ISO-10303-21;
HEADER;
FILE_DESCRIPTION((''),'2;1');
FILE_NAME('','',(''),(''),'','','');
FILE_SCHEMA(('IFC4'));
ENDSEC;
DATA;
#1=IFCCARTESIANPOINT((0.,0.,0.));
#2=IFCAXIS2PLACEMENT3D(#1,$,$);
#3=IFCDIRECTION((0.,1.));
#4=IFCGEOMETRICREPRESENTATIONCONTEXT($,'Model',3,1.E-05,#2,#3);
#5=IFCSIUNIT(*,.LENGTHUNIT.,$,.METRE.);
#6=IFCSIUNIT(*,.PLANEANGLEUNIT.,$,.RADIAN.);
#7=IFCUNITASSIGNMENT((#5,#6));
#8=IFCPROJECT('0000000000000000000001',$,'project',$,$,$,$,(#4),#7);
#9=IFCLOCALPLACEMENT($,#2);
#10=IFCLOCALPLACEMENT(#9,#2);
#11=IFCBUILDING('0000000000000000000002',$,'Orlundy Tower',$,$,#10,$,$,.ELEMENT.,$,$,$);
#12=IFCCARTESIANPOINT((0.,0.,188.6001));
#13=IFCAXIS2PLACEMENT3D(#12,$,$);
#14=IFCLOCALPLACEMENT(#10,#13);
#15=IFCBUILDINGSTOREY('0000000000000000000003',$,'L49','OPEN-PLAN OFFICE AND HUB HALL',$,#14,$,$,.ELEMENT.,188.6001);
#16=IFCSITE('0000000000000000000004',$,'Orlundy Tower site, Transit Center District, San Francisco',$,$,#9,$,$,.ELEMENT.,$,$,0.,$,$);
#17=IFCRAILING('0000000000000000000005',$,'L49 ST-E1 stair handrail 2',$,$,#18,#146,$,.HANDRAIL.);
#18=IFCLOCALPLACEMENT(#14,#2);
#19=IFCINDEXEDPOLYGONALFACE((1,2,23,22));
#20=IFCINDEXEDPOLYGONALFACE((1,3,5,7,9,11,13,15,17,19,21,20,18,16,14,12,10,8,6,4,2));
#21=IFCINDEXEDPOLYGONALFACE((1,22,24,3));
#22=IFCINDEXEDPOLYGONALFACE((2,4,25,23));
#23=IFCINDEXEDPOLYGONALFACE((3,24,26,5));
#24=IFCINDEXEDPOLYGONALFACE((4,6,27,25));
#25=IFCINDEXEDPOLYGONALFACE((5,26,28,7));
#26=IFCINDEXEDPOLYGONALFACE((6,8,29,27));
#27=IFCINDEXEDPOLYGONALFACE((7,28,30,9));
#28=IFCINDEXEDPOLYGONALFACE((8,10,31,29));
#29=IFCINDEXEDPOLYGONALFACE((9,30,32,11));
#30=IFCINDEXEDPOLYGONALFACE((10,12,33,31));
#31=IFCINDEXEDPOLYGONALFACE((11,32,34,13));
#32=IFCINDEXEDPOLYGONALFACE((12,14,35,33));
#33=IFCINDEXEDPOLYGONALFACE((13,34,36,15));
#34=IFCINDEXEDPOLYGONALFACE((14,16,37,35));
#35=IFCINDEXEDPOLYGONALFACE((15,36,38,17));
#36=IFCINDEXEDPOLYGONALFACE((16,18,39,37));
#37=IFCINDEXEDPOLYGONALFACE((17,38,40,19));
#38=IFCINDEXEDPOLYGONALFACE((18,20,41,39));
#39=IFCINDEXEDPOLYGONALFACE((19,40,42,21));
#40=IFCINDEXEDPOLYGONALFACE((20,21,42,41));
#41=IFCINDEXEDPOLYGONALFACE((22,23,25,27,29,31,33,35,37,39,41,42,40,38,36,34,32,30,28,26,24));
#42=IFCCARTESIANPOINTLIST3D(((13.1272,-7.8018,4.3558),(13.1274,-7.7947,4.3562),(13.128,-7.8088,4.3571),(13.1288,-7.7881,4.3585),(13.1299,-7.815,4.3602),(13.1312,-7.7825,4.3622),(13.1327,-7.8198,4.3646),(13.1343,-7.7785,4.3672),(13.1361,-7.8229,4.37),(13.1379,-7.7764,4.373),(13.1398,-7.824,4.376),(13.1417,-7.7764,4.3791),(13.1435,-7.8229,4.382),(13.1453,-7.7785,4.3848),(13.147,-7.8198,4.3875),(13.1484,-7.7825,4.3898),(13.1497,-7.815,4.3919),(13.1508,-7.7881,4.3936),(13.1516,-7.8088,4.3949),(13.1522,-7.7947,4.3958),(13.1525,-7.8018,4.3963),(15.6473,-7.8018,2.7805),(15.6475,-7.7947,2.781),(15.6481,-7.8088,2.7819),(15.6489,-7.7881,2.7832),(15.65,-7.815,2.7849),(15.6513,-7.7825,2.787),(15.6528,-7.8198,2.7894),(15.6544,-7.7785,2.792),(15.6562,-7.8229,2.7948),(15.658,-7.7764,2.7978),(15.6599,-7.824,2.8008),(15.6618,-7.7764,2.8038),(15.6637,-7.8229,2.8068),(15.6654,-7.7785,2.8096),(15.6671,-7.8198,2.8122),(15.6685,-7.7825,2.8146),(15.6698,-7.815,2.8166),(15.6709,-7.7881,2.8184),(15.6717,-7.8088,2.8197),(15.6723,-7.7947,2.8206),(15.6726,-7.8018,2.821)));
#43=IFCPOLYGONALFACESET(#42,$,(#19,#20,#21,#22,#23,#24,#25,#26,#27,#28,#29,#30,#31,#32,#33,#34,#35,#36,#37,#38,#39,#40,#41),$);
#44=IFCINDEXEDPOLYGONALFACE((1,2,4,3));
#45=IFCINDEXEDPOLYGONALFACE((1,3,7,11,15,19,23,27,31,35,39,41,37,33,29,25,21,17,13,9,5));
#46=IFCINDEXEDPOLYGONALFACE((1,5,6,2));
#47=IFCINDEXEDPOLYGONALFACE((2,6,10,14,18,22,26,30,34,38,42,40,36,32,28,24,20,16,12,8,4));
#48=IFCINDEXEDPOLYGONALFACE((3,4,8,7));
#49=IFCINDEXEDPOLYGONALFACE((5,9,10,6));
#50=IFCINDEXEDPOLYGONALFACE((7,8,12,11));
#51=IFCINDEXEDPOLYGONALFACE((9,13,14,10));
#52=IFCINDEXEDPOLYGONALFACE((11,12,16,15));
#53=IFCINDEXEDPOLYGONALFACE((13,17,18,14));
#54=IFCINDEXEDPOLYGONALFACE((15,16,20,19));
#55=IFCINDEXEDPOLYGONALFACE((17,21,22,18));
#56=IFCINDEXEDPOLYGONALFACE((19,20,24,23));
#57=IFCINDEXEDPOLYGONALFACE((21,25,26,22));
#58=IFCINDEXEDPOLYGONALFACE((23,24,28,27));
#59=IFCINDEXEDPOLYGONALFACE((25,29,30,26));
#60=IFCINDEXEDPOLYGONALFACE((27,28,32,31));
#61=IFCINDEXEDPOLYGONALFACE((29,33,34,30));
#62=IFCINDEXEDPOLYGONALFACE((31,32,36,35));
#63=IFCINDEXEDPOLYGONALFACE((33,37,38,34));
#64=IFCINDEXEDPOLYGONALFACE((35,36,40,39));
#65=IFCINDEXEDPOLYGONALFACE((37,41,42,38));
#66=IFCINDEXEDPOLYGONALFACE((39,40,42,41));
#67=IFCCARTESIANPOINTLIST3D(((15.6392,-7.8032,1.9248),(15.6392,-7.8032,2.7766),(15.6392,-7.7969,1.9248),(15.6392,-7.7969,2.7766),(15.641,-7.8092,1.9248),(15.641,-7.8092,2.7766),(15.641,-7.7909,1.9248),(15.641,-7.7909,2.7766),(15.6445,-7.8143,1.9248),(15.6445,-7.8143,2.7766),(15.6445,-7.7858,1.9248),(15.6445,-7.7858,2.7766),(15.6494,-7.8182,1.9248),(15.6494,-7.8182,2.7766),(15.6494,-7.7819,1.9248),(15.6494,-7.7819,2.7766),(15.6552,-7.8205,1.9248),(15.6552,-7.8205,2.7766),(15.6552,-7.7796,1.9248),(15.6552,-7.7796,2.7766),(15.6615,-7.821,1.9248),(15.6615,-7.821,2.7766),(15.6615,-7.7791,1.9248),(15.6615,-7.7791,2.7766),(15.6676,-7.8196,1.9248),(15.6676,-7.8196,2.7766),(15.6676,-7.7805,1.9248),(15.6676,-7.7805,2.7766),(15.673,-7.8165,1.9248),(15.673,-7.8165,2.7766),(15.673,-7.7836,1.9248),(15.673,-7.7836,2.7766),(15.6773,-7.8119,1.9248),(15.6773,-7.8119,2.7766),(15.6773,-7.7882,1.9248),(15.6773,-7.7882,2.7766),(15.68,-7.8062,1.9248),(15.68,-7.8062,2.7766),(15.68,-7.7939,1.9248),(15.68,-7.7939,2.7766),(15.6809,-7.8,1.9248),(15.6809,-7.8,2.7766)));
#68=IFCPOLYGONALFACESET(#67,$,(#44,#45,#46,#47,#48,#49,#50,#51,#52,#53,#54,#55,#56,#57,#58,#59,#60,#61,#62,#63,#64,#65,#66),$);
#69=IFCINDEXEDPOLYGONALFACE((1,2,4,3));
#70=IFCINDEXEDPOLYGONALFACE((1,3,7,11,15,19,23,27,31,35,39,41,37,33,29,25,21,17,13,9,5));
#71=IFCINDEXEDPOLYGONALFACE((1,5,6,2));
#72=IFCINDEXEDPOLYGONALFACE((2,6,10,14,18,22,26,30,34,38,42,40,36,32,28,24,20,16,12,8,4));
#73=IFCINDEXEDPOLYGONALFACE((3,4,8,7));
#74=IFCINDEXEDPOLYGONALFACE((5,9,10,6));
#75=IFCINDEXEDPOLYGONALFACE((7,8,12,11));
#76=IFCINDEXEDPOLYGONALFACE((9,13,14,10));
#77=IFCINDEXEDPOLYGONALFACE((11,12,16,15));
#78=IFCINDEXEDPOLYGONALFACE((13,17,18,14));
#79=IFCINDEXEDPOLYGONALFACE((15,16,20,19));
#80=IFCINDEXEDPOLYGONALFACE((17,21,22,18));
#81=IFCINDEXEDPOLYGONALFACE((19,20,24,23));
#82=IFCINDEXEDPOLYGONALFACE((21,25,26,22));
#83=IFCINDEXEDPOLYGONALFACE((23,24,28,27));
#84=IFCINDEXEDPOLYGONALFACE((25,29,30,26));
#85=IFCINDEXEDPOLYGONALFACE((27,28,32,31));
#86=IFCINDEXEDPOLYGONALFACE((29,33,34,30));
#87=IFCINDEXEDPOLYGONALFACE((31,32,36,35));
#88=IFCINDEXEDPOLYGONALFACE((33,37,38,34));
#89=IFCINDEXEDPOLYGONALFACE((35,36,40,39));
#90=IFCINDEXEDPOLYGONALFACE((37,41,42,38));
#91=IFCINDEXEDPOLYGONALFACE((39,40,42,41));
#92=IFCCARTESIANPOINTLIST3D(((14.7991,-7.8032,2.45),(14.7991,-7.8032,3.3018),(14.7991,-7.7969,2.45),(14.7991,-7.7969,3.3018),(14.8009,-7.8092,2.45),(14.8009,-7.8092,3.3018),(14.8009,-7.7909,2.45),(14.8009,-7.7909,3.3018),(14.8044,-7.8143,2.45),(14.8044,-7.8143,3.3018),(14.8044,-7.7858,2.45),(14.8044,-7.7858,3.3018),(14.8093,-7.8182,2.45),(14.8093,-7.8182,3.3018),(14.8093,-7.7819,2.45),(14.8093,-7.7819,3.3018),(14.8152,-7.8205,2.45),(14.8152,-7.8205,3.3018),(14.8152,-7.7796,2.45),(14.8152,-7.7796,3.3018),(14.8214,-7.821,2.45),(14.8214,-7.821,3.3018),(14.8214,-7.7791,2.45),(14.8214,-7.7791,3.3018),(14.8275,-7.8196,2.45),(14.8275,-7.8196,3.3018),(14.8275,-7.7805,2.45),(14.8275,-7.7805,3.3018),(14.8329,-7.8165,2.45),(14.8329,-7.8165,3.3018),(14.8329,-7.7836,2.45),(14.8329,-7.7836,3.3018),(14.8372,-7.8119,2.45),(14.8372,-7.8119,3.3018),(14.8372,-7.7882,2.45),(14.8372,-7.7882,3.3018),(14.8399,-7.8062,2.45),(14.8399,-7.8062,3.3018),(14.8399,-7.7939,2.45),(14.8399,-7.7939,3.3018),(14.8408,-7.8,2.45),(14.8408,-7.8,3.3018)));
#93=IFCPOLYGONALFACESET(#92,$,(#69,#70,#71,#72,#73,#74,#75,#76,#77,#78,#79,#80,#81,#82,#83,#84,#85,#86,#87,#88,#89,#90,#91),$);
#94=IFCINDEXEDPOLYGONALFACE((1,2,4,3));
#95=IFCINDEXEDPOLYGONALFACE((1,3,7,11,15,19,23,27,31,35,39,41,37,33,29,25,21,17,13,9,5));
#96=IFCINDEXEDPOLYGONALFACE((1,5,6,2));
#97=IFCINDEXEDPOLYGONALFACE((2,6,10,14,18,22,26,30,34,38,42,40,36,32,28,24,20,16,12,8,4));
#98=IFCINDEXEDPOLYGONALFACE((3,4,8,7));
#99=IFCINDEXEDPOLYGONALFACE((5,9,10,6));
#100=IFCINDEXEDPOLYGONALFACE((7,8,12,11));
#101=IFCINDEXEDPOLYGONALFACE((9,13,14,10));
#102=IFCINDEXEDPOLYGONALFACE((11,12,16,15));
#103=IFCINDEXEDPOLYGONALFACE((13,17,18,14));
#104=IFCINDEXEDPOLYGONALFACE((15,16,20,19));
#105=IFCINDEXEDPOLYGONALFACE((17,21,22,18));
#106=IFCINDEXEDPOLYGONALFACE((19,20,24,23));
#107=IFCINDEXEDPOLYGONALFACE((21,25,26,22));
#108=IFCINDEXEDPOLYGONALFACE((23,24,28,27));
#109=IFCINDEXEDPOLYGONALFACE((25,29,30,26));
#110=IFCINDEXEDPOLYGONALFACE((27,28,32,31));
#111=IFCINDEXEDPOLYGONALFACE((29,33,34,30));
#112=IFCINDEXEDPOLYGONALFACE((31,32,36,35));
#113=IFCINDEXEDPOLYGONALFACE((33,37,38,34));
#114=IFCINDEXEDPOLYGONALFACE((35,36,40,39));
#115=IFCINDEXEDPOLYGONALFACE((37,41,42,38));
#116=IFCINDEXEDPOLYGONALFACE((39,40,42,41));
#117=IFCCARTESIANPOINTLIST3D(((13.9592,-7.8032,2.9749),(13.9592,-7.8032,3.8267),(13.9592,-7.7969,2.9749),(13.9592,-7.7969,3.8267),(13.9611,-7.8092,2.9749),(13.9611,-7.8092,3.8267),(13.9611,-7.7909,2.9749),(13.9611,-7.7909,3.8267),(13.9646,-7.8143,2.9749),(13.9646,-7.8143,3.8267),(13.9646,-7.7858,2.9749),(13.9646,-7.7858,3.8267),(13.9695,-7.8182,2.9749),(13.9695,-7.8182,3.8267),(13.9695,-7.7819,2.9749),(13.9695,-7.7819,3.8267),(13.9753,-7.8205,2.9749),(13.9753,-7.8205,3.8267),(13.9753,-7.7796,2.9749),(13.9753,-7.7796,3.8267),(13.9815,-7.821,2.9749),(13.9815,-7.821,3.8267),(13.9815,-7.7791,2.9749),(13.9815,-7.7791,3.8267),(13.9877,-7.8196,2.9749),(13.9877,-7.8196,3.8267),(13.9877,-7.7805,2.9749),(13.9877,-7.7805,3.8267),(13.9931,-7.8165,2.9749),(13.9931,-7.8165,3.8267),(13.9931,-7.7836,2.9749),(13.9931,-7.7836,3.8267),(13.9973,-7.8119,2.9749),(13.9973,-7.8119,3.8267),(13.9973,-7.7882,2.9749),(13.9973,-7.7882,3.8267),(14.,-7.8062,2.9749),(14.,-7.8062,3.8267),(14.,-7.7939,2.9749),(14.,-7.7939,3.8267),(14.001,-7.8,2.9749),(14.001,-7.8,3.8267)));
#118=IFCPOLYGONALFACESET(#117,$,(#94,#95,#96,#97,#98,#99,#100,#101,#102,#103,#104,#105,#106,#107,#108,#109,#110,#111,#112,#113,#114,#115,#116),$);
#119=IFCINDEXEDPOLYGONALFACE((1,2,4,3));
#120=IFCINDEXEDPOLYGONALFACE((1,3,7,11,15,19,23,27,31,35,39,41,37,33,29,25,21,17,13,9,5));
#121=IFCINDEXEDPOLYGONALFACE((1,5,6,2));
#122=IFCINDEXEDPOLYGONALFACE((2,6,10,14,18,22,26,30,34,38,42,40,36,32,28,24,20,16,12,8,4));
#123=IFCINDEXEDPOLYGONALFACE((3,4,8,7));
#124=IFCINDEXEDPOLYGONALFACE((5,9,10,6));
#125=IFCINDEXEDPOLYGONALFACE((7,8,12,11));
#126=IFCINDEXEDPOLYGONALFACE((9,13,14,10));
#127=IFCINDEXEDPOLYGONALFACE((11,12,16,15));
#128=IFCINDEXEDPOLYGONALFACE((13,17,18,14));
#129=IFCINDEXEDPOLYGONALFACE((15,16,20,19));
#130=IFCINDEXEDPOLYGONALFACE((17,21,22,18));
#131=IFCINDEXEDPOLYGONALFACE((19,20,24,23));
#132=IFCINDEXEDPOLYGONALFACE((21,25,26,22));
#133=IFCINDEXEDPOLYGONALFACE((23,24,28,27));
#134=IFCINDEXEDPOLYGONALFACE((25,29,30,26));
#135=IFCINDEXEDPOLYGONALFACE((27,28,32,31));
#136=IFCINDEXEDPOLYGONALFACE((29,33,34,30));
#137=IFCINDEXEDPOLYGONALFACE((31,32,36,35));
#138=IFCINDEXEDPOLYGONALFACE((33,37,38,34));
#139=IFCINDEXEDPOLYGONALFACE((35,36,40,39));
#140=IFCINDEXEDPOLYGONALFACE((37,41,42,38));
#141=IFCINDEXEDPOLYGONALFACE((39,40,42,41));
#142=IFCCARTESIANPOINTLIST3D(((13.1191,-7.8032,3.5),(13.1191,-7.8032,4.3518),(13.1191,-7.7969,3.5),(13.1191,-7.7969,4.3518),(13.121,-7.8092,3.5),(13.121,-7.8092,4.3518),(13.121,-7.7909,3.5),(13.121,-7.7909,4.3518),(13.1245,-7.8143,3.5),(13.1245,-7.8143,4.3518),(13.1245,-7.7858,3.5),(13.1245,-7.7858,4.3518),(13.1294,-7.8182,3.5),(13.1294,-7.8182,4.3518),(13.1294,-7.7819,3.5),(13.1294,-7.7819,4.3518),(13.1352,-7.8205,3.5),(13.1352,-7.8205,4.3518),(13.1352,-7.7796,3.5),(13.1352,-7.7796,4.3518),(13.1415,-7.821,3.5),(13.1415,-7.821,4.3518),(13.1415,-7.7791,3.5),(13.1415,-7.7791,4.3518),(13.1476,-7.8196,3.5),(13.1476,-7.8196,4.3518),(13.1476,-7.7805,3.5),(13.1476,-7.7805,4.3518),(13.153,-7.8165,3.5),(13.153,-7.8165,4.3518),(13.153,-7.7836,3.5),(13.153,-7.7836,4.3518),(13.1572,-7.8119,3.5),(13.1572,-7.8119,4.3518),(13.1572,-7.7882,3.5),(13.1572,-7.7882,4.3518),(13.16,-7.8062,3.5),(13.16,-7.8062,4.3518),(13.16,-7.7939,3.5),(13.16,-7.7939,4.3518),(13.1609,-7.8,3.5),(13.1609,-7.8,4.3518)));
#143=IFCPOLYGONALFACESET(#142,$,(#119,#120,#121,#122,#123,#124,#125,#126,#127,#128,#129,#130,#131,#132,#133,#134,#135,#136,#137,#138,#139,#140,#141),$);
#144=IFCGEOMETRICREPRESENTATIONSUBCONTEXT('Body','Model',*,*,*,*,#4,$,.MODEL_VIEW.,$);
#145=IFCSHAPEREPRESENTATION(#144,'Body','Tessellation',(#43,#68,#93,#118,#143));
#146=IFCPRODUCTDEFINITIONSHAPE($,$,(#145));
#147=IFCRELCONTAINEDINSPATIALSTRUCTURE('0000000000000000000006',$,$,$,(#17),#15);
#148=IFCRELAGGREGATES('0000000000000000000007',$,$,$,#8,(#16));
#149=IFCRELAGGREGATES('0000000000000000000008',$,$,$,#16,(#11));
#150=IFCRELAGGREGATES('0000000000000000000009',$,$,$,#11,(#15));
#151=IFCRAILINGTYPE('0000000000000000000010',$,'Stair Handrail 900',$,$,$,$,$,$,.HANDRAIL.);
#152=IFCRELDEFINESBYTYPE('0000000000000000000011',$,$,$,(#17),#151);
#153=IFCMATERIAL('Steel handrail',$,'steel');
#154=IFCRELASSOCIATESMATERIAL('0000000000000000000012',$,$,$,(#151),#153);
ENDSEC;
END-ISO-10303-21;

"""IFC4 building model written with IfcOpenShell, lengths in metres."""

from ifc_helpers import new_model, si_unit, direction, frame, origin, origin_2d, place, context, subcontext, project, spatial, circle, extrude, material, type_object, element, save


model = new_model("IFC4")

# Units and contexts
model_context = context("Model", 3, precision=1e-05, world=origin(), true_north=direction((0.0, 1.0)))
body_context = subcontext(model_context, "Body", "Model", "MODEL_VIEW")
ifc_project = project(units=[si_unit("LENGTHUNIT", "METRE"), si_unit("PLANEANGLEUNIT", "RADIAN")], contexts=[model_context])

# Site, building, storey
site_placement = place(None, origin())
site = spatial("IfcSite", under=ifc_project, at=site_placement, Name="Orlundy Tower site, Transit Center District, San Francisco", CompositionType="ELEMENT", RefElevation=0.0)
building_placement = place(site_placement, origin())
building = spatial("IfcBuilding", under=site, at=building_placement, Name="Orlundy Tower", CompositionType="ELEMENT")
storey_placement = place(building_placement, frame((0.0, 0.0, 188.6001)))
storey = spatial("IfcBuildingStorey", under=building, at=storey_placement, Name="L49", Description="OPEN-PLAN OFFICE AND HUB HALL", CompositionType="ELEMENT", Elevation=188.6001)

# Railing
ifc_material_1 = material(Name="Steel handrail", Category="steel")
railing_type_1 = type_object("IfcRailingType", Name="Stair Handrail 900", PredefinedType="HANDRAIL", material=ifc_material_1)
railing_1_placement = place(storey_placement, frame((15.6599, -7.8, 1.9248)))
element("IfcRailing", 1, at=railing_1_placement, inside=storey, type_object=railing_type_1, Name="L49 ST-E1 stair handrail 2", PredefinedType="HANDRAIL", context=body_context, shape_type="SweptSolid", body=[
    extrude(circle(Radius=0.0239, at=origin_2d()), frame((0.0, 0.0, 0.876), z_axis=(-0.847971, 0.0, 0.530043), x_axis=(0.0, -1.0, 0.0)), (0.0, 0.0, 1.0), 2.9719),
    extrude(circle(Radius=0.021, at=origin_2d()), origin(), (0.0, 0.0, 1.0), 0.8518),
    extrude(circle(Radius=0.021, at=origin_2d()), frame((-0.8401, 0.0, 0.5251)), (0.0, 0.0, 1.0), 0.8518),
    extrude(circle(Radius=0.021, at=origin_2d()), frame((-1.6799, 0.0, 1.05)), (0.0, 0.0, 1.0), 0.8518),
    extrude(circle(Radius=0.021, at=origin_2d()), frame((-2.52, 0.0, 1.5752)), (0.0, 0.0, 1.0), 0.8518),
])

save(model, "model.ifc")
